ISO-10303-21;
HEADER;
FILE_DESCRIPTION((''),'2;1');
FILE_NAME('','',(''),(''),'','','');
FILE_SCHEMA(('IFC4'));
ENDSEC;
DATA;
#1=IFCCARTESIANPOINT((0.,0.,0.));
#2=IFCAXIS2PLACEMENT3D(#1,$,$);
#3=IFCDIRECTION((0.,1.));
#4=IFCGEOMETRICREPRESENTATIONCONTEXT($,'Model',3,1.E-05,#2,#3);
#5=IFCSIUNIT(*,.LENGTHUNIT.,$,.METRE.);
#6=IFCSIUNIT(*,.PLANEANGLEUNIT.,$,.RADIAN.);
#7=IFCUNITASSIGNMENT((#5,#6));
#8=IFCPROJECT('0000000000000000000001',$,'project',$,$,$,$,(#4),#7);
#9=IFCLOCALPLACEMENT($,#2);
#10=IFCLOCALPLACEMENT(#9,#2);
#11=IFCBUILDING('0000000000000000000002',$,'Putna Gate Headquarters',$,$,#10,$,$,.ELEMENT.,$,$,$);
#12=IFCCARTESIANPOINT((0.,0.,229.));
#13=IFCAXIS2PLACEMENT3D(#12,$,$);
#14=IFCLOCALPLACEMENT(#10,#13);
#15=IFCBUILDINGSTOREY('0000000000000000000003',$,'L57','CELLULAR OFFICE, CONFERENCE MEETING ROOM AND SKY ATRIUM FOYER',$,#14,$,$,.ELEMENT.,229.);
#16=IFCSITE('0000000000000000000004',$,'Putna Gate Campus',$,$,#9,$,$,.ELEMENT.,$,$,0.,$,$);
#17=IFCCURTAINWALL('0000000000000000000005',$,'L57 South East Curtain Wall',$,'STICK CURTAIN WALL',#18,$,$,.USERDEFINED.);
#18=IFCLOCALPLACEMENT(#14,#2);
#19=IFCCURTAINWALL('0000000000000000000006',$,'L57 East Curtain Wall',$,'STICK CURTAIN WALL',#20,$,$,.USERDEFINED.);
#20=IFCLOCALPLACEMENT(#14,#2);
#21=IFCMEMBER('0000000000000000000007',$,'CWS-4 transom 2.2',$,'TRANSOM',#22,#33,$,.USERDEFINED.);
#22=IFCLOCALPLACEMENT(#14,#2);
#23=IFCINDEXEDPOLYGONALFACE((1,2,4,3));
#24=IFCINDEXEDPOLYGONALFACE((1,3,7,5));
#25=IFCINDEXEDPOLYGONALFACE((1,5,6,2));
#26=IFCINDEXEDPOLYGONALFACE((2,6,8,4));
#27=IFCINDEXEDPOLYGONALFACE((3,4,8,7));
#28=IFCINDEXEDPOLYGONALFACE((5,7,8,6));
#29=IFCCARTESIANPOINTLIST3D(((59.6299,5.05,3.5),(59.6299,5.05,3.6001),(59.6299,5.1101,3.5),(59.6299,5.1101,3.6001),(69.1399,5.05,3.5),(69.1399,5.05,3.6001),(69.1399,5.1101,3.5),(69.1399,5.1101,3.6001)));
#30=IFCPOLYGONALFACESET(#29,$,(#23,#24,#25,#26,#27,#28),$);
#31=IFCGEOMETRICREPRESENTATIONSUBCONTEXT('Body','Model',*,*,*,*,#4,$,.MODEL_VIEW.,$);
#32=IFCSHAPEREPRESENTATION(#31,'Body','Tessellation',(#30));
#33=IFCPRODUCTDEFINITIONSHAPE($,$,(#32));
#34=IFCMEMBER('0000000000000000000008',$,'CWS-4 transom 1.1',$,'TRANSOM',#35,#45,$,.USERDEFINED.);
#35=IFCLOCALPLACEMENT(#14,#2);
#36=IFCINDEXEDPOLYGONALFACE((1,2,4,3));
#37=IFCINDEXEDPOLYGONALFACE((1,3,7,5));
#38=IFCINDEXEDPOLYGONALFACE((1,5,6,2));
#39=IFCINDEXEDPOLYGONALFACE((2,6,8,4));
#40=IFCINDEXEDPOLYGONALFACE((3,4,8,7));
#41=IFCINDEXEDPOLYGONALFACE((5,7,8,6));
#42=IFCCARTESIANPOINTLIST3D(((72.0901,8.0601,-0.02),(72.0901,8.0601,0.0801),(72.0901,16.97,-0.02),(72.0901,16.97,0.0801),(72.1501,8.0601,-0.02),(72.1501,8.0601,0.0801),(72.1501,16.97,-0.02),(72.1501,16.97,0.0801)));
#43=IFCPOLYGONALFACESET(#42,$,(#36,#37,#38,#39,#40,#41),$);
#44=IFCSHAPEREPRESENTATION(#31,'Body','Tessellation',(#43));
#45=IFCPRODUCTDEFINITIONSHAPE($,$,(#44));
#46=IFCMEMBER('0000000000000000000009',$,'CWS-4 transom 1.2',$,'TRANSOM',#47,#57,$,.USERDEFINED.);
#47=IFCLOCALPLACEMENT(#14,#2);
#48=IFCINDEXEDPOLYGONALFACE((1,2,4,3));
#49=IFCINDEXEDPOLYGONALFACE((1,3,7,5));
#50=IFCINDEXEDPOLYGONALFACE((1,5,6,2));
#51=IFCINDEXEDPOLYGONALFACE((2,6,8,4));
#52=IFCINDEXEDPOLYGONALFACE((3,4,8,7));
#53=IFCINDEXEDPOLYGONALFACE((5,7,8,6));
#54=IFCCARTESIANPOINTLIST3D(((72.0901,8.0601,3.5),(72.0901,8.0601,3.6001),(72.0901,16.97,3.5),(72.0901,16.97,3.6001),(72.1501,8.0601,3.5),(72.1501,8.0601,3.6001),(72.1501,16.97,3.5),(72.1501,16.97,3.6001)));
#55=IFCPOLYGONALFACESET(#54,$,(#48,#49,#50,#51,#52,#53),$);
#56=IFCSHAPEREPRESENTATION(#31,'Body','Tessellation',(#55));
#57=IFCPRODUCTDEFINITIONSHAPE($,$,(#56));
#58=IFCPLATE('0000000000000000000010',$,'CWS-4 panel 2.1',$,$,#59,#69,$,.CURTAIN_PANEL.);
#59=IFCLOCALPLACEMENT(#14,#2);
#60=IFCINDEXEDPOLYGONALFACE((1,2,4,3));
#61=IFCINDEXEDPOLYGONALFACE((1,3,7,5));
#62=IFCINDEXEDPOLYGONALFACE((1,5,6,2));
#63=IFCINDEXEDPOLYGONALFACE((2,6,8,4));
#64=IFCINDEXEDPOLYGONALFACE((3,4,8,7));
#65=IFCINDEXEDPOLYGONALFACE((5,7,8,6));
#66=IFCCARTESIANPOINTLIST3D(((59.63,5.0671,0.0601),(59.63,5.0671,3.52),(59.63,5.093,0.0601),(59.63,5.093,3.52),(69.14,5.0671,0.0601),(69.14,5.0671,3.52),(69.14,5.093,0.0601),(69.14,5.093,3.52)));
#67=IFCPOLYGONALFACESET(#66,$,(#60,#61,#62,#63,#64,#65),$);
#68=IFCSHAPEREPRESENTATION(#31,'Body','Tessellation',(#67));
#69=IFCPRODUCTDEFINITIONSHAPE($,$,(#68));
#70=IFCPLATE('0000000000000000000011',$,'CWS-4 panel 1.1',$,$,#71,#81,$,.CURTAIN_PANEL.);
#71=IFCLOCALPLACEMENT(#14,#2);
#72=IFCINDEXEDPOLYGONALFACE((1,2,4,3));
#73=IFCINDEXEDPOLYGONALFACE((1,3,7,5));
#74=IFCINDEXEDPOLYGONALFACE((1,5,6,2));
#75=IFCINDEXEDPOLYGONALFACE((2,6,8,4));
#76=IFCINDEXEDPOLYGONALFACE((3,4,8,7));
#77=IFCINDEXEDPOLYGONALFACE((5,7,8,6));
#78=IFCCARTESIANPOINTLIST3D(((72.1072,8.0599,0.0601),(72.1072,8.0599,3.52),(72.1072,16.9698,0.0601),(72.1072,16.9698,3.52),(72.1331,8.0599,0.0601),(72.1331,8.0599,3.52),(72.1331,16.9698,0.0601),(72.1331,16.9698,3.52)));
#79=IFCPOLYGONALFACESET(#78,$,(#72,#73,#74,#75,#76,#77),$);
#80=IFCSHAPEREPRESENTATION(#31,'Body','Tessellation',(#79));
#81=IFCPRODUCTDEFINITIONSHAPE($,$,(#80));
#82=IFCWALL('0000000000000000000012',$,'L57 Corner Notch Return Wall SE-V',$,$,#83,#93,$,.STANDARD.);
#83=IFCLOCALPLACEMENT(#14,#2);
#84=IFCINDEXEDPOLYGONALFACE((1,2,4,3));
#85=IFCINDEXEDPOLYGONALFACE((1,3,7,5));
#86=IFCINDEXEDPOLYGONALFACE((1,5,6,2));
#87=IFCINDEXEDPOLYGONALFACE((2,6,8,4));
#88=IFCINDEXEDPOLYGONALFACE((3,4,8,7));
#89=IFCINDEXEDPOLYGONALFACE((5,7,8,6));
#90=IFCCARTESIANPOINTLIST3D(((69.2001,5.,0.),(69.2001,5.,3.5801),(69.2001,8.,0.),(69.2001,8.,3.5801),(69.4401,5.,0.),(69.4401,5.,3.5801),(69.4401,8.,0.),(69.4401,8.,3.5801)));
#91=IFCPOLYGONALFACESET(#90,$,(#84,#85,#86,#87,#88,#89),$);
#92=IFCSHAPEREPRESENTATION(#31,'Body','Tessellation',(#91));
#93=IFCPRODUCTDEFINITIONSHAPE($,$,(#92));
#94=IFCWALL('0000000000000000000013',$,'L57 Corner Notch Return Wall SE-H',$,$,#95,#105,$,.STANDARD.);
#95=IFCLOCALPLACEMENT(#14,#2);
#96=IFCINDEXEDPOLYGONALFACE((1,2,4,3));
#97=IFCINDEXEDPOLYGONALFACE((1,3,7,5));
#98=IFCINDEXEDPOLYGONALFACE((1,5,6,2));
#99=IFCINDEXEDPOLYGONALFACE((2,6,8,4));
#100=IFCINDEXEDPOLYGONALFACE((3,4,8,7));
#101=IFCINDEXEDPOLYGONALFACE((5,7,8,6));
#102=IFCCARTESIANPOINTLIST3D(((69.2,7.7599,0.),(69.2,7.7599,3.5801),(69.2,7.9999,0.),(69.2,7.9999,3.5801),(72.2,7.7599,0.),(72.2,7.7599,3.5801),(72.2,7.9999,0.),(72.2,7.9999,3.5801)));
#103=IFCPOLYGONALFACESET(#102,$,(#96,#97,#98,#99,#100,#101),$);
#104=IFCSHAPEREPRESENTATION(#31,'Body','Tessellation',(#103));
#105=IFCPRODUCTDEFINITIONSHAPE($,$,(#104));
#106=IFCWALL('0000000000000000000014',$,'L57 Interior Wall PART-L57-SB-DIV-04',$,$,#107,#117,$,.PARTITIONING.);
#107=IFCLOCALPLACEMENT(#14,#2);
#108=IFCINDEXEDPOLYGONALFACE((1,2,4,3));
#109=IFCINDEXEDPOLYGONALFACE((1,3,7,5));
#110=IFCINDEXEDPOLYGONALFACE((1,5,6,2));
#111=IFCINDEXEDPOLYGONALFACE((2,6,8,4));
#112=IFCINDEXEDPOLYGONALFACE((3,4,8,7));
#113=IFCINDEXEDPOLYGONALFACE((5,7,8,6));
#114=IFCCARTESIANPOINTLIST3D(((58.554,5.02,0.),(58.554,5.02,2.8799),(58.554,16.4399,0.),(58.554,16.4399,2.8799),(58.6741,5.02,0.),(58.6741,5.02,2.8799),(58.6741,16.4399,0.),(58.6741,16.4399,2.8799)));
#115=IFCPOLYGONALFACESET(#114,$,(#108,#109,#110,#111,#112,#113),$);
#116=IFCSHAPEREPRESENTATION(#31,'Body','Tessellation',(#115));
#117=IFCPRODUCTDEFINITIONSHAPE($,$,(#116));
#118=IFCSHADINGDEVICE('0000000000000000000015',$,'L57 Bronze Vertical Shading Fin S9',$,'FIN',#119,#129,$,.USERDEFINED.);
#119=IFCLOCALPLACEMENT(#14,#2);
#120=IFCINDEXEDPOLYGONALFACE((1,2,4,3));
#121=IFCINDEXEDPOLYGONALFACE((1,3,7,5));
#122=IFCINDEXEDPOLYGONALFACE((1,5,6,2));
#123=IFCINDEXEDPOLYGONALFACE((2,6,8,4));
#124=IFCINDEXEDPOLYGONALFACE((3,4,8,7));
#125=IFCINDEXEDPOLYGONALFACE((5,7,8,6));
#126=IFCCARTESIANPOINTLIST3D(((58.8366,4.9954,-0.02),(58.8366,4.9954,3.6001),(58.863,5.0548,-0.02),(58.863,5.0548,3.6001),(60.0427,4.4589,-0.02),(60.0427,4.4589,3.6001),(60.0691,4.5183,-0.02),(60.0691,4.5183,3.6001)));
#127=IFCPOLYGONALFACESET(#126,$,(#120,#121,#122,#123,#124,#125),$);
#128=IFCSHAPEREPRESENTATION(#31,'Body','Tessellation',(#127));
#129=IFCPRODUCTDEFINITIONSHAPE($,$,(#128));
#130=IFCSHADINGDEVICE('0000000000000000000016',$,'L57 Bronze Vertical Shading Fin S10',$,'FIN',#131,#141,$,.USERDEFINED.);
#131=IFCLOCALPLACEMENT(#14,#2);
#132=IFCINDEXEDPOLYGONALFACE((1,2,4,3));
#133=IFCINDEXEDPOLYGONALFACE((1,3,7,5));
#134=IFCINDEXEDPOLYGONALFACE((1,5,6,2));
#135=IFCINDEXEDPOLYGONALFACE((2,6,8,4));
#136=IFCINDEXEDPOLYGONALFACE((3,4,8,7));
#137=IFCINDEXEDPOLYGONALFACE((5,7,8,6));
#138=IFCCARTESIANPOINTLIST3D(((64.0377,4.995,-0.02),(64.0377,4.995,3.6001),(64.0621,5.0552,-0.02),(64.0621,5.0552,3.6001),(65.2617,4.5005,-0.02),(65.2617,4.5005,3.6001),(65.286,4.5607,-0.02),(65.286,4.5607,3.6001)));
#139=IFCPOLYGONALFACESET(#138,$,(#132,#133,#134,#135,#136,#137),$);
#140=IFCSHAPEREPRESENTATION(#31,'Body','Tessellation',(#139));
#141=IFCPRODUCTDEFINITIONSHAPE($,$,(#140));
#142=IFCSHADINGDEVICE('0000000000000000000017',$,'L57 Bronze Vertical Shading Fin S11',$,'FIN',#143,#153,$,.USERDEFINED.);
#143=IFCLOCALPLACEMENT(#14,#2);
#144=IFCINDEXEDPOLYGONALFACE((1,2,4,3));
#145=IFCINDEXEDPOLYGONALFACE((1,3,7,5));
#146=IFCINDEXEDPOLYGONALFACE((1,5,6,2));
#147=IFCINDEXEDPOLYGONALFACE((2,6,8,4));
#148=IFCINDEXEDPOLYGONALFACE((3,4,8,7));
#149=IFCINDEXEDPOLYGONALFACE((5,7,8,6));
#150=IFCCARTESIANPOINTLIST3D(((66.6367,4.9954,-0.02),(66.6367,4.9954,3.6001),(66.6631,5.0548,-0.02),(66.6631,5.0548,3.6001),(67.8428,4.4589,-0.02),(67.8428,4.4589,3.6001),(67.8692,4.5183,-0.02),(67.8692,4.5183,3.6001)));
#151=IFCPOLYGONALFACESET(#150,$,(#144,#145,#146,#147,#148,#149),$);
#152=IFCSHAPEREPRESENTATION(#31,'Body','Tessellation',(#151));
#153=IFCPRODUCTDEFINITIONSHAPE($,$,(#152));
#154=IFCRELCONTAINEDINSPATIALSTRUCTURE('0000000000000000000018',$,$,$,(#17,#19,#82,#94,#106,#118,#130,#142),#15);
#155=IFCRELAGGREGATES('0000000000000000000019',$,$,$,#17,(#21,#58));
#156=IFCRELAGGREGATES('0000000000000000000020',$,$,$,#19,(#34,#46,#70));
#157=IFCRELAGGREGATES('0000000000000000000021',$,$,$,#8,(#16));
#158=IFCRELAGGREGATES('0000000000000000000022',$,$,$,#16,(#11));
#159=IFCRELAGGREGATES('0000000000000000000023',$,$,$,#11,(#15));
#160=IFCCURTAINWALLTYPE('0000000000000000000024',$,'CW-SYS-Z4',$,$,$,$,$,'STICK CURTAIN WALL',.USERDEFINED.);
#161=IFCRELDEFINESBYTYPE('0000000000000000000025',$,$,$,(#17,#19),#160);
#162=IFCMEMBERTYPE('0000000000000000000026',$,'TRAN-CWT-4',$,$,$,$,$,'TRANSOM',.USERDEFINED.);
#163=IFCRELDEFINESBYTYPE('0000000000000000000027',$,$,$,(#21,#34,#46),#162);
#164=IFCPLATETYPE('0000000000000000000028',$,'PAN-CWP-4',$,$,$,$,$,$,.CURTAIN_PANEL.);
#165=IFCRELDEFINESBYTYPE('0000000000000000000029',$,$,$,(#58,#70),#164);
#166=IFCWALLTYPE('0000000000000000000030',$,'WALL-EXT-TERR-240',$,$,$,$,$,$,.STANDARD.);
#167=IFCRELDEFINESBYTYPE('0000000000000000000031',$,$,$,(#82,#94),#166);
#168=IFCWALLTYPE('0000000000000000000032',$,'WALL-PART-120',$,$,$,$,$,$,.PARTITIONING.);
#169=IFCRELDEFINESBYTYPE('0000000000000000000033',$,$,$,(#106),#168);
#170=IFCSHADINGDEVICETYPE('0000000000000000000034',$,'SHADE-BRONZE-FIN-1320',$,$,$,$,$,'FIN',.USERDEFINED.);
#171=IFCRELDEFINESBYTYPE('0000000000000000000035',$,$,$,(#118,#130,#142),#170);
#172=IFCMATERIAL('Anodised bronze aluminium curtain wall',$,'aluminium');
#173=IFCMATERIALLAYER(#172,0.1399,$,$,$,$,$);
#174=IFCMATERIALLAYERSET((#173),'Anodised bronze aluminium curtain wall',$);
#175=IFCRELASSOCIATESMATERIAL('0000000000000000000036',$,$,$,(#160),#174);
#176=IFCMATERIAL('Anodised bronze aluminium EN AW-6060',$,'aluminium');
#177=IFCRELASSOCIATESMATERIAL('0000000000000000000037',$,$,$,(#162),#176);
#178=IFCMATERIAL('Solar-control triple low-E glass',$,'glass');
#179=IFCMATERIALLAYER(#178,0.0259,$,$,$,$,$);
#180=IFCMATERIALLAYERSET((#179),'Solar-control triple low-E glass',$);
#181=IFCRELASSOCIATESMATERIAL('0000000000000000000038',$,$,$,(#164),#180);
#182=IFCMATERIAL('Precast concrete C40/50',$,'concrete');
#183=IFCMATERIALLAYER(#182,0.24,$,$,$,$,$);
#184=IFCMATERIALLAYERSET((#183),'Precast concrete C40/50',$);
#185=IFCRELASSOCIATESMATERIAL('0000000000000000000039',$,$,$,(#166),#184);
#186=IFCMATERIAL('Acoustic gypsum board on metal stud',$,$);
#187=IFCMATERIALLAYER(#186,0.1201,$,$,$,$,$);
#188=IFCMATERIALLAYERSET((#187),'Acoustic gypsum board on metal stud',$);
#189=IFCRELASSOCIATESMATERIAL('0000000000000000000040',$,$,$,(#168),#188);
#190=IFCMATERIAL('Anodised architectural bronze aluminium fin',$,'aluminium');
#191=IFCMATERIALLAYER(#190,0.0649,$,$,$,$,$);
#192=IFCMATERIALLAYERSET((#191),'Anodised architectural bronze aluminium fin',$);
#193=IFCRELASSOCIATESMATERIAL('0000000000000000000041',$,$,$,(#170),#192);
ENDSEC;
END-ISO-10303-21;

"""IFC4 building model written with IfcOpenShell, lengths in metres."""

from ifc_helpers import new_model, si_unit, direction, frame, frame_2d, origin, origin_2d, place, context, subcontext, project, spatial, rectangle, extrude, material, layer, layer_set, material_profile, profile_set, type_object, element, aggregate, save


model = new_model("IFC4")

# Units and contexts
model_context = context("Model", 3, precision=1e-05, world=origin(), true_north=direction((0.0, 1.0)))
body_context = subcontext(model_context, "Body", "Model", "MODEL_VIEW")
ifc_project = project(units=[si_unit("LENGTHUNIT", "METRE"), si_unit("PLANEANGLEUNIT", "RADIAN")], contexts=[model_context])

# Site, building, storey
site_placement = place(None, origin())
site = spatial("IfcSite", under=ifc_project, at=site_placement, Name="Putna Gate Campus", CompositionType="ELEMENT", RefElevation=0.0)
building_placement = place(site_placement, origin())
building = spatial("IfcBuilding", under=site, at=building_placement, Name="Putna Gate Headquarters", CompositionType="ELEMENT")
storey_placement = place(building_placement, frame((0.0, 0.0, 229.0)))
storey = spatial("IfcBuildingStorey", under=building, at=storey_placement, Name="L57", Description="CELLULAR OFFICE, CONFERENCE MEETING ROOM AND SKY ATRIUM FOYER", CompositionType="ELEMENT", Elevation=229.0)

# Curtain wall
ifc_material_1 = material(Name="Anodised bronze aluminium curtain wall", Category="aluminium")
ifc_layer_1 = layer(ifc_material_1, 0.1399)
ifc_layer_set_1 = layer_set([ifc_layer_1], Name="Anodised bronze aluminium curtain wall")
curtain_wall_type = type_object("IfcCurtainWallType", Name="CW-SYS-Z4", ElementType="STICK CURTAIN WALL", PredefinedType="USERDEFINED", material=ifc_layer_set_1)
curtain_wall_1_placement = place(storey_placement, origin())
curtain_wall_1 = element("IfcCurtainWall", 1, at=curtain_wall_1_placement, inside=storey, type_object=curtain_wall_type, Name="L57 South East Curtain Wall", ObjectType="STICK CURTAIN WALL", PredefinedType="USERDEFINED")
ifc_material_2 = material(Name="Anodised bronze aluminium EN AW-6060", Category="aluminium")

# Curtain wall
curtain_wall_2_placement = place(storey_placement, origin())
curtain_wall_2 = element("IfcCurtainWall", 2, at=curtain_wall_2_placement, inside=storey, type_object=curtain_wall_type, Name="L57 East Curtain Wall", ObjectType="STICK CURTAIN WALL", PredefinedType="USERDEFINED")

# Members
ifc_material_profile_1 = material_profile(ifc_material_2, rectangle(XDim=0.0601, YDim=0.1001, at=origin_2d()), Name="Anodised bronze aluminium EN AW-6060")
ifc_profile_set_1 = profile_set([ifc_material_profile_1], Name="Anodised bronze aluminium EN AW-6060")
member_type_1 = type_object("IfcMemberType", Name="TRAN-CWT-4", ElementType="TRANSOM", PredefinedType="USERDEFINED", material=ifc_profile_set_1)
member_1_placement = place(storey_placement, frame((59.6299, 5.0801, 3.55), z_axis=(1.0, 0.0, 0.0), x_axis=(0.0, 1.0, 0.0)))
member_1 = element("IfcMember", 3, at=member_1_placement, type_object=member_type_1, Name="CWS-4 transom 2.2", ObjectType="TRANSOM", PredefinedType="USERDEFINED", context=body_context, shape_type="SweptSolid", body=[
    extrude(rectangle(XDim=0.0601, YDim=0.1001, at=origin_2d()), origin(), (0.0, 0.0, 1.0), 9.51),
])
member_2_placement = place(storey_placement, frame((72.1201, 8.0601, 0.03), z_axis=(0.0, 1.0, 0.0), x_axis=(-1.0, 0.0, 0.0)))
member_2 = element("IfcMember", 4, at=member_2_placement, type_object=member_type_1, Name="CWS-4 transom 1.1", ObjectType="TRANSOM", PredefinedType="USERDEFINED", context=body_context, shape_type="SweptSolid", body=[
    extrude(rectangle(XDim=0.0601, YDim=0.1001, at=origin_2d()), origin(), (0.0, 0.0, 1.0), 8.9099),
])
member_3_placement = place(storey_placement, frame((72.1201, 8.0601, 3.55), z_axis=(0.0, 1.0, 0.0), x_axis=(-1.0, 0.0, 0.0)))
member_3 = element("IfcMember", 5, at=member_3_placement, type_object=member_type_1, Name="CWS-4 transom 1.2", ObjectType="TRANSOM", PredefinedType="USERDEFINED", context=body_context, shape_type="SweptSolid", body=[
    extrude(rectangle(XDim=0.0601, YDim=0.1001, at=origin_2d()), origin(), (0.0, 0.0, 1.0), 8.9099),
])

# Plates
ifc_material_3 = material(Name="Solar-control triple low-E glass", Category="glass")
ifc_layer_2 = layer(ifc_material_3, 0.0259)
ifc_layer_set_2 = layer_set([ifc_layer_2], Name="Solar-control triple low-E glass")
plate_type = type_object("IfcPlateType", Name="PAN-CWP-4", PredefinedType="CURTAIN_PANEL", material=ifc_layer_set_2)
plate_1_placement = place(storey_placement, frame((64.385, 5.0801, 0.0601), z_axis=(0.0, 0.0, 1.0), x_axis=(1.0, 0.0, 0.0)))
plate_1 = element("IfcPlate", 6, at=plate_1_placement, type_object=plate_type, Name="CWS-4 panel 2.1", PredefinedType="CURTAIN_PANEL", context=body_context, shape_type="SweptSolid", body=[
    extrude(rectangle(XDim=9.51, YDim=0.0259, at=origin_2d()), origin(), (0.0, 0.0, 1.0), 3.46),
])
aggregate(curtain_wall_1, [member_1, plate_1])
plate_2_placement = place(storey_placement, frame((72.1201, 12.5149, 0.0601), z_axis=(0.0, 0.0, 1.0), x_axis=(0.0, 1.0, 0.0)))
plate_2 = element("IfcPlate", 7, at=plate_2_placement, type_object=plate_type, Name="CWS-4 panel 1.1", PredefinedType="CURTAIN_PANEL", context=body_context, shape_type="SweptSolid", body=[
    extrude(rectangle(XDim=8.9099, YDim=0.0259, at=origin_2d()), origin(), (0.0, 0.0, 1.0), 3.46),
])
aggregate(curtain_wall_2, [member_2, member_3, plate_2])

# Walls
ifc_material_4 = material(Name="Precast concrete C40/50", Category="concrete")
ifc_layer_3 = layer(ifc_material_4, 0.24)
ifc_layer_set_3 = layer_set([ifc_layer_3], Name="Precast concrete C40/50")
wall_type_1 = type_object("IfcWallType", Name="WALL-EXT-TERR-240", PredefinedType="STANDARD", material=ifc_layer_set_3)
for number, where, z_axis, x_axis, name in (
    (8, (69.3201, 8.0, 0.0), (0.0, 0.0, 1.0), (0.0, -1.0, 0.0), "L57 Corner Notch Return Wall SE-V"),
    (9, (72.2, 7.8799, 0.0), (0.0, 0.0, 1.0), (-1.0, 0.0, 0.0), "L57 Corner Notch Return Wall SE-H"),
):
    element("IfcWall", number, at=place(storey_placement, frame(where, z_axis=z_axis, x_axis=x_axis)), inside=storey, type_object=wall_type_1, Name=name, PredefinedType="STANDARD", context=body_context, shape_type="SweptSolid", body=[
        extrude(rectangle(XDim=3.0, YDim=0.24, at=frame_2d((1.5, 0.0))), origin(), (0.0, 0.0, 1.0), 3.5801),
    ])
ifc_material_5 = material(Name="Acoustic gypsum board on metal stud")
ifc_layer_4 = layer(ifc_material_5, 0.1201)
ifc_layer_set_4 = layer_set([ifc_layer_4], Name="Acoustic gypsum board on metal stud")
wall_type_2 = type_object("IfcWallType", Name="WALL-PART-120", PredefinedType="PARTITIONING", material=ifc_layer_set_4)
wall_placement = place(storey_placement, frame((58.614, 5.02, 0.0), z_axis=(0.0, 0.0, 1.0), x_axis=(0.0, 1.0, 0.0)))
element("IfcWall", 10, at=wall_placement, inside=storey, type_object=wall_type_2, Name="L57 Interior Wall PART-L57-SB-DIV-04", PredefinedType="PARTITIONING", context=body_context, shape_type="SweptSolid", body=[
    extrude(rectangle(XDim=11.4199, YDim=0.1201, at=frame_2d((5.71, 0.0))), origin(), (0.0, 0.0, 1.0), 2.8799),
])

# Shading devices
ifc_material_6 = material(Name="Anodised architectural bronze aluminium fin", Category="aluminium")
ifc_layer_5 = layer(ifc_material_6, 0.0649)
ifc_layer_set_5 = layer_set([ifc_layer_5], Name="Anodised architectural bronze aluminium fin")
shading_device_type = type_object("IfcShadingDeviceType", Name="SHADE-BRONZE-FIN-1320", ElementType="FIN", PredefinedType="USERDEFINED", material=ifc_layer_set_5)
for number, where, z_axis, x_axis, name in (
    (11, (59.4529, 4.7568, -0.02), (0.0, 0.0, 1.0), (0.913687, -0.406418, 0.0), "L57 Bronze Vertical Shading Fin S9"),
    (12, (64.6619, 4.7778, -0.02), (0.0, 0.0, 1.0), (0.927184, -0.374607, 0.0), "L57 Bronze Vertical Shading Fin S10"),
    (13, (67.2529, 4.7568, -0.02), (0.0, 0.0, 1.0), (0.913687, -0.406418, 0.0), "L57 Bronze Vertical Shading Fin S11"),
):
    element("IfcShadingDevice", number, at=place(storey_placement, frame(where, z_axis=z_axis, x_axis=x_axis)), inside=storey, type_object=shading_device_type, Name=name, ObjectType="FIN", PredefinedType="USERDEFINED", context=body_context, shape_type="SweptSolid", body=[
        extrude(rectangle(XDim=1.3201, YDim=0.0649, at=origin_2d()), origin(), (0.0, 0.0, 1.0), 3.6201),
    ])

save(model, "model.ifc")
